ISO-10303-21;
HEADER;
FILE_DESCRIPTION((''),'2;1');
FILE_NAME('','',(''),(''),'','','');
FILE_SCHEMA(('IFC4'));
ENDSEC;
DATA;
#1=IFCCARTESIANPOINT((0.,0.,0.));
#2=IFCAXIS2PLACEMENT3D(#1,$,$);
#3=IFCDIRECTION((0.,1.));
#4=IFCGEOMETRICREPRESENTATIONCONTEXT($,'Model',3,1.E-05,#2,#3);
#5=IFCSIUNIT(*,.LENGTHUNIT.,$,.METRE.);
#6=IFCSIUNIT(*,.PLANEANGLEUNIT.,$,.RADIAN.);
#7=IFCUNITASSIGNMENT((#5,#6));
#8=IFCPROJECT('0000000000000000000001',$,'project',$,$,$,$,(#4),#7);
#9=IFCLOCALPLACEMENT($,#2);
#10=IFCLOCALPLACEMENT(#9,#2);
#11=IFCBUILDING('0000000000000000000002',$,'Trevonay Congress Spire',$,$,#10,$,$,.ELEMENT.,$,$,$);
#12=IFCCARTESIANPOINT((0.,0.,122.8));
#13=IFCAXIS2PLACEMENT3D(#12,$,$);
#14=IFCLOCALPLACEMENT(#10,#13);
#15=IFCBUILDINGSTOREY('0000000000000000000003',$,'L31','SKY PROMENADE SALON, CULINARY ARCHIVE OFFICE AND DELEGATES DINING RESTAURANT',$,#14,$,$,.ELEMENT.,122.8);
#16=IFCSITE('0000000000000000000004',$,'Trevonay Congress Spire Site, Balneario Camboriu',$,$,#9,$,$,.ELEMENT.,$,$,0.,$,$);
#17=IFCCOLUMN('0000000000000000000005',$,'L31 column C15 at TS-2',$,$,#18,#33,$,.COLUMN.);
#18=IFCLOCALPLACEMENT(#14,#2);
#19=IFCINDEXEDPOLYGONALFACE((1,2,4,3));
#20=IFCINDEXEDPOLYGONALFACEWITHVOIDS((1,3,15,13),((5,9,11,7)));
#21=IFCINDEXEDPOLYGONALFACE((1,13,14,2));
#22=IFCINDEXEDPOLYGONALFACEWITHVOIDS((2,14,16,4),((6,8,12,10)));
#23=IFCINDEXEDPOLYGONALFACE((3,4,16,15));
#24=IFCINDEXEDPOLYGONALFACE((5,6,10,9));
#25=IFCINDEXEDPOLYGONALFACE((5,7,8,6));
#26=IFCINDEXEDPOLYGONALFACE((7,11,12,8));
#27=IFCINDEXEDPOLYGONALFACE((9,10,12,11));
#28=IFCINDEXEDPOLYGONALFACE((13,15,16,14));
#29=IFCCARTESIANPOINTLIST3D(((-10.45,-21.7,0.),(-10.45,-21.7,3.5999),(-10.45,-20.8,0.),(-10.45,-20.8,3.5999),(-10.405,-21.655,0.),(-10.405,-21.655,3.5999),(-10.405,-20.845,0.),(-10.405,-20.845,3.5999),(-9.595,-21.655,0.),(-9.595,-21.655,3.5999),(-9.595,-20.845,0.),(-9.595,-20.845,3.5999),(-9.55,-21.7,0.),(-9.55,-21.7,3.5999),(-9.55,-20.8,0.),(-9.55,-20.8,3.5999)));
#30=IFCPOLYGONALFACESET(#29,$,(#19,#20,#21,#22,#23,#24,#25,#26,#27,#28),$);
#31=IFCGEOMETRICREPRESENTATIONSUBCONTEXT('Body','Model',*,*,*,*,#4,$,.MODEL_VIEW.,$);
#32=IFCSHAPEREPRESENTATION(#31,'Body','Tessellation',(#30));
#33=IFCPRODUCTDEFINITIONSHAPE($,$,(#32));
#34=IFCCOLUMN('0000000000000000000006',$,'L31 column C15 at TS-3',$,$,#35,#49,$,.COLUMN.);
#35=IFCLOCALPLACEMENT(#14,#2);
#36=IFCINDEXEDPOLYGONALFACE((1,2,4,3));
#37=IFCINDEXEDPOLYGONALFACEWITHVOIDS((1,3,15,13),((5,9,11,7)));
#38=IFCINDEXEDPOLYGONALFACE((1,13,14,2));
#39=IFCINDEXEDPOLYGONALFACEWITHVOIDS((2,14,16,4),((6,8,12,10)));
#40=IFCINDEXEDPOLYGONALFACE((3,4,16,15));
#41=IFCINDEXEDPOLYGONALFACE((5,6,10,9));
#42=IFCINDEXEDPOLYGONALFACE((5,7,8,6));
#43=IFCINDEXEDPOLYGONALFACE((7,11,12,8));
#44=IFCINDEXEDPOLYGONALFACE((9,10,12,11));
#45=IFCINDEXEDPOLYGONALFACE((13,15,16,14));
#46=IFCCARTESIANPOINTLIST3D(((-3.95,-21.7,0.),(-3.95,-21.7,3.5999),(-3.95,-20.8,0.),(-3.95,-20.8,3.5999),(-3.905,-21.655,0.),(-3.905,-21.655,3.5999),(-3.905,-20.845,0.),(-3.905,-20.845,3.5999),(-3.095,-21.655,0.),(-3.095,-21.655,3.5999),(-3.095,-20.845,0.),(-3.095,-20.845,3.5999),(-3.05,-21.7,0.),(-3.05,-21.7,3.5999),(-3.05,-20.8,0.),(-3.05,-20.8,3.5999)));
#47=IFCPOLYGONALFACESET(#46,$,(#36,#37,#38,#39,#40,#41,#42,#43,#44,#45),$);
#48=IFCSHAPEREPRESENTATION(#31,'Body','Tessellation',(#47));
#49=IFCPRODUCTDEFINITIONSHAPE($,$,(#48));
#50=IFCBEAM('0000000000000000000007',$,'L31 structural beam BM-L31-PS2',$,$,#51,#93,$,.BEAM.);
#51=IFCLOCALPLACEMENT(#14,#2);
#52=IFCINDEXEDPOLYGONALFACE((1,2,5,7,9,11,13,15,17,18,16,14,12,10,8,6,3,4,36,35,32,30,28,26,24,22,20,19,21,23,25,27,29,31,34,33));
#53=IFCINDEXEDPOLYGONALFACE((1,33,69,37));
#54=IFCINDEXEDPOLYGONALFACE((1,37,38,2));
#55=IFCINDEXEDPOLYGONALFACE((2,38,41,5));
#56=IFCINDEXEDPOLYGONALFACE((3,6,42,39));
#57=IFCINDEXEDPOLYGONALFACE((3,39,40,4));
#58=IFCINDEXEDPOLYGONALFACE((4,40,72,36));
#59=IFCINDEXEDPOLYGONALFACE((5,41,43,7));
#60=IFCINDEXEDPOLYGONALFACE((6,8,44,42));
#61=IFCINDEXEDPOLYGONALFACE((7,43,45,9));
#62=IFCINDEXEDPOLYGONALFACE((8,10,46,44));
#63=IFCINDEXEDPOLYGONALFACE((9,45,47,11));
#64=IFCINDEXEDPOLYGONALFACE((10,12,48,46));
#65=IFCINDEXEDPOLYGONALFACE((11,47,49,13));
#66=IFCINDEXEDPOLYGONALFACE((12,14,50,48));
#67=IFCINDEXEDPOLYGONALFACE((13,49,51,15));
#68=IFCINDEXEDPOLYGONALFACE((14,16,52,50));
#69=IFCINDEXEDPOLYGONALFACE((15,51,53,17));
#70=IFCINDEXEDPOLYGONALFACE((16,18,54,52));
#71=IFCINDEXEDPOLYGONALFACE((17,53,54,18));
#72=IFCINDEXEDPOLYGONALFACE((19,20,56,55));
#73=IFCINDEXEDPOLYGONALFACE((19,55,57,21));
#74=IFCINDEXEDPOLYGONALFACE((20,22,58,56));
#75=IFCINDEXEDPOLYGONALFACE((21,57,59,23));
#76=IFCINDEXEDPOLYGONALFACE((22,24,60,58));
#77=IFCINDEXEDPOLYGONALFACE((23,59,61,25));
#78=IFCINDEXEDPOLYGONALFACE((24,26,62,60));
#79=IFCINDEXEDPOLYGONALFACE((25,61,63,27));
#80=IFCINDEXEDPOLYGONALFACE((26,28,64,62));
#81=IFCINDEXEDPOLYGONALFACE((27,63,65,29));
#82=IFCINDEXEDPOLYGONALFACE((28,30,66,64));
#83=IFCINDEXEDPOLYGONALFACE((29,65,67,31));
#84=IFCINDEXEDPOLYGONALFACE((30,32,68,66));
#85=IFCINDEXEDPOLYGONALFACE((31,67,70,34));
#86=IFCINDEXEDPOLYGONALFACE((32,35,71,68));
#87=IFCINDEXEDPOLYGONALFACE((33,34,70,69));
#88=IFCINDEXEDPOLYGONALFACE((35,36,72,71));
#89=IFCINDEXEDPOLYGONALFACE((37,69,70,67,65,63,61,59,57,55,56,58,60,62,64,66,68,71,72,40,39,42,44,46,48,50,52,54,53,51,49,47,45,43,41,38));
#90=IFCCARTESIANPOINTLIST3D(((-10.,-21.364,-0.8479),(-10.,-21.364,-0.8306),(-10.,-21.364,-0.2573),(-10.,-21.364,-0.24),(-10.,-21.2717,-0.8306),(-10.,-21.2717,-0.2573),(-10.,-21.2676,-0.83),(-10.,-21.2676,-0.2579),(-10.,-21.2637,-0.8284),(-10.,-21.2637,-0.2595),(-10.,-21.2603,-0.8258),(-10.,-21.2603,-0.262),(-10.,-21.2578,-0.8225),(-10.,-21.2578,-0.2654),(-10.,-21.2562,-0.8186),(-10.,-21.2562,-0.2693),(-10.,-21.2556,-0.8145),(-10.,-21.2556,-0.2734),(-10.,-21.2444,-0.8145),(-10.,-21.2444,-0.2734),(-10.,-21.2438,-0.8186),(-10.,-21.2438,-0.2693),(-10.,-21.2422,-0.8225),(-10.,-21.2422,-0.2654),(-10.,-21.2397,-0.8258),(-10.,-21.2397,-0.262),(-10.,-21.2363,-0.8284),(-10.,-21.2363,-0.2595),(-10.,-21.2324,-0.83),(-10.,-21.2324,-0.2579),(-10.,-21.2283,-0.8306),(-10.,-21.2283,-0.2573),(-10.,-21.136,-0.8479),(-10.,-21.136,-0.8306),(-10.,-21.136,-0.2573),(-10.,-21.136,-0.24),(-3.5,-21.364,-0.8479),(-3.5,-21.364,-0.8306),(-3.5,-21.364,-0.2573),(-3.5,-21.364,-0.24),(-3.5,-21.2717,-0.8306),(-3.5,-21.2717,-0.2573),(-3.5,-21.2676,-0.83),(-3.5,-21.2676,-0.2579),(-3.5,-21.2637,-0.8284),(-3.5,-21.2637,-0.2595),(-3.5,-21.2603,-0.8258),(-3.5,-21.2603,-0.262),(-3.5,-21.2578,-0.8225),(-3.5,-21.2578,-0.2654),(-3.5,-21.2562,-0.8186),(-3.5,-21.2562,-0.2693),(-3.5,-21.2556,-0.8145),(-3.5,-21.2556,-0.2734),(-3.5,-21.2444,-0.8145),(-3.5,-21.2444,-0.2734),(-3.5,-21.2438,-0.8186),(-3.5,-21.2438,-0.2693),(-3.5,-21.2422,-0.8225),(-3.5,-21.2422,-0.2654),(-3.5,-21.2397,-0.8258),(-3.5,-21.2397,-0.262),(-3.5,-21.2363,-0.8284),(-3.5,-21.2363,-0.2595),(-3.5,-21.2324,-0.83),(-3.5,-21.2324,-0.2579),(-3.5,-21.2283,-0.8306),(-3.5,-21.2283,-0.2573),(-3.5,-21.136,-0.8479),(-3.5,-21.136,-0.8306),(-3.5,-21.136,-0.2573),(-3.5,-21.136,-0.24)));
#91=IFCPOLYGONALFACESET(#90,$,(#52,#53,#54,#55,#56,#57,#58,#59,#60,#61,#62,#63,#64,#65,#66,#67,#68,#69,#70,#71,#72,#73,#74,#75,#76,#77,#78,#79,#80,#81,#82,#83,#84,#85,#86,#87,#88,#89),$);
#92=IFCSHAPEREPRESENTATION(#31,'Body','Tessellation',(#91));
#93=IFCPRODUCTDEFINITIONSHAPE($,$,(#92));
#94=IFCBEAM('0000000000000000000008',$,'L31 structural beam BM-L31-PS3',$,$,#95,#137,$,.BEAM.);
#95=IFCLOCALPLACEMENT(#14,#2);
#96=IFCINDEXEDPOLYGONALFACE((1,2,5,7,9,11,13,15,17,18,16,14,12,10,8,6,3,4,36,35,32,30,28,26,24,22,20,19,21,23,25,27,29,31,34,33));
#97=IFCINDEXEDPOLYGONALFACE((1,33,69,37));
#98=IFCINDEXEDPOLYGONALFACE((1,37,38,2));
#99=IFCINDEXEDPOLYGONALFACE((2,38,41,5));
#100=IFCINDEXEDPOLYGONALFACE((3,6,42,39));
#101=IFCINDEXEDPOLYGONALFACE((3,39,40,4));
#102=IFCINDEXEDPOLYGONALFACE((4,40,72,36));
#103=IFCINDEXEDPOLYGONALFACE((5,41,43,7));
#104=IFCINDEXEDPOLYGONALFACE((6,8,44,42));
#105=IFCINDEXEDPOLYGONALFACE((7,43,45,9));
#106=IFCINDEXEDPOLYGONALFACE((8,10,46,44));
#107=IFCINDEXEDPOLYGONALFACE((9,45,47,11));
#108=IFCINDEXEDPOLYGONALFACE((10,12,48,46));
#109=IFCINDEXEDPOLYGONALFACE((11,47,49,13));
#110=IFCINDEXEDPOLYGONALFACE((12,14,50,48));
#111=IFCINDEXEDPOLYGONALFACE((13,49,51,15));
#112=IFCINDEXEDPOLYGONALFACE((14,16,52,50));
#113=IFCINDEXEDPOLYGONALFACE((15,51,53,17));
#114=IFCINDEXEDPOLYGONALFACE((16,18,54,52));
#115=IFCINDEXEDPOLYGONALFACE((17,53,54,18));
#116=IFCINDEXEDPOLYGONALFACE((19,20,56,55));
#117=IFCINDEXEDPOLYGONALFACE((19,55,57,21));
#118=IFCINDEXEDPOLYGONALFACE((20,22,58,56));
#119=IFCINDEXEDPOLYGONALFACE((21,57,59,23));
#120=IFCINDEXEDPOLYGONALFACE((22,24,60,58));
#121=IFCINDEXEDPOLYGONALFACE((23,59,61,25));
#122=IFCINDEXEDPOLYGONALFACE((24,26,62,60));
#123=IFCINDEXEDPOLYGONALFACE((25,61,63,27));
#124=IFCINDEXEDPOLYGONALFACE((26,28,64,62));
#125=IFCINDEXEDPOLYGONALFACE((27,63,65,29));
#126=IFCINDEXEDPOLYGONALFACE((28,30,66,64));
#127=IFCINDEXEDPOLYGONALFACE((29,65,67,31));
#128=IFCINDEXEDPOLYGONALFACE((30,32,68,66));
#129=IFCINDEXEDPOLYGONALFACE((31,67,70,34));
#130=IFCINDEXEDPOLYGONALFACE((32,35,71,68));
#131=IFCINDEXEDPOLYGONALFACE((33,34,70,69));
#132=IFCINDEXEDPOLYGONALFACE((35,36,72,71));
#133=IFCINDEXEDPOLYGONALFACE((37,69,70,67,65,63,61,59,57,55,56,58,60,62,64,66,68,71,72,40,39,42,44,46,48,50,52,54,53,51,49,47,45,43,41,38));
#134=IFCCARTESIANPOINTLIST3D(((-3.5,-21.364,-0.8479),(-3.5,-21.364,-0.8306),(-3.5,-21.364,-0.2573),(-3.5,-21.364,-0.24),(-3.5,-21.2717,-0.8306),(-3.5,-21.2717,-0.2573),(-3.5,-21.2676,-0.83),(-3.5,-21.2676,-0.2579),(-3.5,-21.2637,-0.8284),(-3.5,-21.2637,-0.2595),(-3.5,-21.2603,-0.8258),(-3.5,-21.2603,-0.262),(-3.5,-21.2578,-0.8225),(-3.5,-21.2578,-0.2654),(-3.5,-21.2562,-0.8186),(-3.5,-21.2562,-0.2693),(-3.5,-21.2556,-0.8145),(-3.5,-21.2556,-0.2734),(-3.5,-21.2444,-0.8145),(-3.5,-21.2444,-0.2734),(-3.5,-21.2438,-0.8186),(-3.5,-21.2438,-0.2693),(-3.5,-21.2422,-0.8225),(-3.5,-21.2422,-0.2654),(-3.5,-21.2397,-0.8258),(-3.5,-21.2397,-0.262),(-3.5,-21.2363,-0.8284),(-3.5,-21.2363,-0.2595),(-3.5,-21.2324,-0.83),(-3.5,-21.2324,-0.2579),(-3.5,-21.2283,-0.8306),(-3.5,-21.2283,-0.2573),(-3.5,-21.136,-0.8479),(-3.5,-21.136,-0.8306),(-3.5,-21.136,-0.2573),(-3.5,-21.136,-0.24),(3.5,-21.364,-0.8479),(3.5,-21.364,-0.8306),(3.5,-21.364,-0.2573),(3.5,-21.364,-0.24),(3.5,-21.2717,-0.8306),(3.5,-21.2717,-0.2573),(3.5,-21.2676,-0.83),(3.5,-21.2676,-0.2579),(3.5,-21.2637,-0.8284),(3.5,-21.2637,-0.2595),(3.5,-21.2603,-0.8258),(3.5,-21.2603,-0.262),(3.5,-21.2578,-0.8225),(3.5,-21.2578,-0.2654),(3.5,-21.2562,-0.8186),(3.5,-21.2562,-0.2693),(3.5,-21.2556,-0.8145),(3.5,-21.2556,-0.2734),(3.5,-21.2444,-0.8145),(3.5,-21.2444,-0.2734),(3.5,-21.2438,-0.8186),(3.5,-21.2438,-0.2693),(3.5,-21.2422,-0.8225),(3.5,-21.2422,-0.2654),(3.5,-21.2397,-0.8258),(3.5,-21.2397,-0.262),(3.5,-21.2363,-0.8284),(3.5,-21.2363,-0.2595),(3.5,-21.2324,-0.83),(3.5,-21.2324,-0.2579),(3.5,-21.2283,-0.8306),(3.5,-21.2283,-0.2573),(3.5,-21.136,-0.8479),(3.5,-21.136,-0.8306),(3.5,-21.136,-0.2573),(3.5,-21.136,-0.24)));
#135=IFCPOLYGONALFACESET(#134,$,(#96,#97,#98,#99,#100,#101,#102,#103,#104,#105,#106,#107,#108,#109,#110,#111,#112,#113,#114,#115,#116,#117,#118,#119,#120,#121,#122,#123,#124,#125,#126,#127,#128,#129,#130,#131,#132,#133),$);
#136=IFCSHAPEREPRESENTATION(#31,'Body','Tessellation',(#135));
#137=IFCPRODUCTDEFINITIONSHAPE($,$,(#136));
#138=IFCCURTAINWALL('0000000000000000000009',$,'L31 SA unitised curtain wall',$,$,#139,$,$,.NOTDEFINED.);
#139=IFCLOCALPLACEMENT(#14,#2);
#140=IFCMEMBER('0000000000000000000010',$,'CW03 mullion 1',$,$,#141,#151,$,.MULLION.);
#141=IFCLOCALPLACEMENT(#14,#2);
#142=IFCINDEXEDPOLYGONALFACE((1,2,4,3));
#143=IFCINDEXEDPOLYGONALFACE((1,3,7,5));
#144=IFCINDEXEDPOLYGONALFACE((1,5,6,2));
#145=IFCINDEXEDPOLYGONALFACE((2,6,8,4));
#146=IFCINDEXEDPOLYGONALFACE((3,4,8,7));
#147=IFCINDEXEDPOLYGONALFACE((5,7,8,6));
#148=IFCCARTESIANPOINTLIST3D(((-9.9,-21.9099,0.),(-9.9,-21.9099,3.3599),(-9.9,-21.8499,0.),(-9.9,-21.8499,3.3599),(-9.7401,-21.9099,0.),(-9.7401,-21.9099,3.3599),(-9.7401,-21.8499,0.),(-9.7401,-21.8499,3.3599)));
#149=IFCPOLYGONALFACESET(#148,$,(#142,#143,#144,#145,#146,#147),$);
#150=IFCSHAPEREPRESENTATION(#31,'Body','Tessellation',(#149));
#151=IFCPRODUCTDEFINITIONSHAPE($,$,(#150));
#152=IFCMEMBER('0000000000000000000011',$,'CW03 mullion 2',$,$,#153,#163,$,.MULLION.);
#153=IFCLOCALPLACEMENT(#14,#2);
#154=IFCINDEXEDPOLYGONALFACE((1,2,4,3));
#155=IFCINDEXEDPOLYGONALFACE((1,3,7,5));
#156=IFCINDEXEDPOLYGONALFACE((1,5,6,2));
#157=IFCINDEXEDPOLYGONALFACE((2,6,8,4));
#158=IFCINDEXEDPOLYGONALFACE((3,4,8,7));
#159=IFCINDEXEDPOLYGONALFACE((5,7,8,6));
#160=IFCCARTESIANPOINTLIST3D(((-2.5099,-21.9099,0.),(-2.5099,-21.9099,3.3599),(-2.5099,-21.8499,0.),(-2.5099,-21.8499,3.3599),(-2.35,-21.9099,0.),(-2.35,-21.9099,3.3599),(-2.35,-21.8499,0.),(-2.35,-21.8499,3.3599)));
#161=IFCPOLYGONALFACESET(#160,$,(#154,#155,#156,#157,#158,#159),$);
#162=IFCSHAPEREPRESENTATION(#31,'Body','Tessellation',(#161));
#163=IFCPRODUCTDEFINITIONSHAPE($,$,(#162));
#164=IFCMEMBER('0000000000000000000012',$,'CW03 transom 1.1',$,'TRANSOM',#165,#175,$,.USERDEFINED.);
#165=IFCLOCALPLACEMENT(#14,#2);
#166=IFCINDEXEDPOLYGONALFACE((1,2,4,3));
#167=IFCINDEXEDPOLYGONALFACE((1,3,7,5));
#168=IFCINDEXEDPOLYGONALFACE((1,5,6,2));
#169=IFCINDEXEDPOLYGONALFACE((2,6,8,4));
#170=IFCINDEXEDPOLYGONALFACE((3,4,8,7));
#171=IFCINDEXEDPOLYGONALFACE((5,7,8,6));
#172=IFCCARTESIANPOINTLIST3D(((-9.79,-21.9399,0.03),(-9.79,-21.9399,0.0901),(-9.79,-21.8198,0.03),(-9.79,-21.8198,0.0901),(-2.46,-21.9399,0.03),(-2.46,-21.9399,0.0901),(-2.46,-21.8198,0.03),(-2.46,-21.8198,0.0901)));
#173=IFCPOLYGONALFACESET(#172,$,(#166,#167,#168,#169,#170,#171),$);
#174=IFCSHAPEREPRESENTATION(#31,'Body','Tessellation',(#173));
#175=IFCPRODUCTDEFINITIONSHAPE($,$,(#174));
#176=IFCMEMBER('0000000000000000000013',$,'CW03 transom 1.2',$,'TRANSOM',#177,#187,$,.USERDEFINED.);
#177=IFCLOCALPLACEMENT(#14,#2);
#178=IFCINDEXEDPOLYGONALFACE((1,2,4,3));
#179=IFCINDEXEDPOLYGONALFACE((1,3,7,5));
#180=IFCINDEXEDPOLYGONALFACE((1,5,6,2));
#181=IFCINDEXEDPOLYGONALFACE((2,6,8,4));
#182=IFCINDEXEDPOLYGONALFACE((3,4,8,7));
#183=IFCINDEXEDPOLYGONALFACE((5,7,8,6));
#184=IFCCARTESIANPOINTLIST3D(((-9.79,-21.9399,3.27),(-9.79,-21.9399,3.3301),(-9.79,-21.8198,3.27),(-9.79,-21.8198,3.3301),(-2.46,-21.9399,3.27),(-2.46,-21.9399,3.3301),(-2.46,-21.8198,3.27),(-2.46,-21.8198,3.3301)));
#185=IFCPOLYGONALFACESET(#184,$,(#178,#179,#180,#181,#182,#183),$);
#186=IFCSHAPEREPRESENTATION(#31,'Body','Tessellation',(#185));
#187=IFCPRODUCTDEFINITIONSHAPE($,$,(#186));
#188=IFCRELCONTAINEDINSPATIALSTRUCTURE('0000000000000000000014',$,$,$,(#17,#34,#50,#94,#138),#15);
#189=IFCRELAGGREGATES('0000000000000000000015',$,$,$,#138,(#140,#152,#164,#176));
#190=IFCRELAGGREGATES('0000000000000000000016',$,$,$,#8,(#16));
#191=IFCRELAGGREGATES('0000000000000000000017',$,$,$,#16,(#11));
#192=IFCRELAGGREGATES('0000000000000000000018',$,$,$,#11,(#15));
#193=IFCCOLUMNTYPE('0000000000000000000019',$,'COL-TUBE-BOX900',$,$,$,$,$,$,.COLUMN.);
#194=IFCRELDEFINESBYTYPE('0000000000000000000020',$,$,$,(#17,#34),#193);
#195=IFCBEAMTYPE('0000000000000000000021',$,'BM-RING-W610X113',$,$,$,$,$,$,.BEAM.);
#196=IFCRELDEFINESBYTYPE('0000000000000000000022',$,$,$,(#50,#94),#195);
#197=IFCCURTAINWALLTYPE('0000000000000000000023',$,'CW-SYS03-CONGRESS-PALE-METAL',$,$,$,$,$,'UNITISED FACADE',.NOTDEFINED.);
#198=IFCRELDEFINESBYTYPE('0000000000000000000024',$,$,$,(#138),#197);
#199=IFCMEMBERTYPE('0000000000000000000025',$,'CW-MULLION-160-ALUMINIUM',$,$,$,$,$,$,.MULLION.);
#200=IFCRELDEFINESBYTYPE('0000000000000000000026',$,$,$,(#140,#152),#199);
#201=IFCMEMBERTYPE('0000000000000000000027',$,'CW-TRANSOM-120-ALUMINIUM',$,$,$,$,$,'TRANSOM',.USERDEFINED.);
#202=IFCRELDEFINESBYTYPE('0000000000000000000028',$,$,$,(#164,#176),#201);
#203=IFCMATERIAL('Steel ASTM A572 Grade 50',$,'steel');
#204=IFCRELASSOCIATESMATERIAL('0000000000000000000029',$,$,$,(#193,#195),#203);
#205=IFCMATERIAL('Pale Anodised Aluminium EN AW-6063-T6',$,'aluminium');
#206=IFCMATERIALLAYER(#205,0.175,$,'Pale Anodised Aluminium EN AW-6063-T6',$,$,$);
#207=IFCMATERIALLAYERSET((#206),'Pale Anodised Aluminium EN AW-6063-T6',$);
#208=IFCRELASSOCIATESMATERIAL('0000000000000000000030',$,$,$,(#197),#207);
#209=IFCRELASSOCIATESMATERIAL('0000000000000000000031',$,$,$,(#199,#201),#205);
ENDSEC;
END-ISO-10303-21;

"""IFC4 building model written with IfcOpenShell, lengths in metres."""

from ifc_helpers import new_model, si_unit, direction, frame, origin, origin_2d, place, context, subcontext, project, spatial, rectangle, hollow_rectangle, i_section, extrude, material, layer, layer_set, material_profile, profile_set, type_object, element, aggregate, save


model = new_model("IFC4")

# Units and contexts
model_context = context("Model", 3, precision=1e-05, world=origin(), true_north=direction((0.0, 1.0)))
body_context = subcontext(model_context, "Body", "Model", "MODEL_VIEW")
ifc_project = project(units=[si_unit("LENGTHUNIT", "METRE"), si_unit("PLANEANGLEUNIT", "RADIAN")], contexts=[model_context])

# Site, building, storey
site_placement = place(None, origin())
site = spatial("IfcSite", under=ifc_project, at=site_placement, Name="Trevonay Congress Spire Site, Balneario Camboriu", CompositionType="ELEMENT", RefElevation=0.0)
building_placement = place(site_placement, origin())
building = spatial("IfcBuilding", under=site, at=building_placement, Name="Trevonay Congress Spire", CompositionType="ELEMENT")
storey_placement = place(building_placement, frame((0.0, 0.0, 122.8)))
storey = spatial("IfcBuildingStorey", under=building, at=storey_placement, Name="L31", Description="SKY PROMENADE SALON, CULINARY ARCHIVE OFFICE AND DELEGATES DINING RESTAURANT", CompositionType="ELEMENT", Elevation=122.8)

# Columns
ifc_material_1 = material(Name="Steel ASTM A572 Grade 50", Category="steel")
ifc_material_profile_1 = material_profile(ifc_material_1, hollow_rectangle(XDim=0.8999, YDim=0.8999, WallThickness=0.0449, at=origin_2d()), Name="BOX 900x900x45")
ifc_profile_set_1 = profile_set([ifc_material_profile_1], Name="Steel ASTM A572 Grade 50")
column_type = type_object("IfcColumnType", Name="COL-TUBE-BOX900", PredefinedType="COLUMN", material=ifc_profile_set_1)
for number, where, z_axis, x_axis, name in (
    (1, (-10.0, -21.25, 0.0), (0.0, 0.0, 1.0), (1.0, 0.0, 0.0), "L31 column C15 at TS-2"),
    (2, (-3.5, -21.25, 0.0), (0.0, 0.0, 1.0), (1.0, 0.0, 0.0), "L31 column C15 at TS-3"),
):
    element("IfcColumn", number, at=place(storey_placement, frame(where, z_axis=z_axis, x_axis=x_axis)), inside=storey, type_object=column_type, Name=name, PredefinedType="COLUMN", context=body_context, shape_type="SweptSolid", body=[
        extrude(hollow_rectangle(XDim=0.8999, YDim=0.8999, WallThickness=0.0449, at=origin_2d()), origin(), (0.0, 0.0, 1.0), 3.5999),
    ])

# Beams
ifc_material_profile_2 = material_profile(ifc_material_1, i_section(OverallWidth=0.228, OverallDepth=0.6079, WebThickness=0.0112, FlangeThickness=0.0173, FilletRadius=0.0161, at=origin_2d()), Name="W610x113")
ifc_profile_set_2 = profile_set([ifc_material_profile_2], Name="Steel ASTM A572 Grade 50")
beam_type_1 = type_object("IfcBeamType", Name="BM-RING-W610X113", PredefinedType="BEAM", material=ifc_profile_set_2)
beam_1_placement = place(storey_placement, frame((-10.0, -21.25, -0.5439), z_axis=(1.0, 0.0, 0.0), x_axis=(0.0, 1.0, 0.0)))
element("IfcBeam", 3, at=beam_1_placement, inside=storey, type_object=beam_type_1, Name="L31 structural beam BM-L31-PS2", PredefinedType="BEAM", context=body_context, shape_type="SweptSolid", body=[
    extrude(i_section(OverallWidth=0.228, OverallDepth=0.6079, WebThickness=0.0112, FlangeThickness=0.0173, FilletRadius=0.0161, at=origin_2d()), origin(), (0.0, 0.0, 1.0), 6.5),
])
beam_2_placement = place(storey_placement, frame((-3.5, -21.25, -0.5439), z_axis=(1.0, 0.0, 0.0), x_axis=(0.0, 1.0, 0.0)))
element("IfcBeam", 4, at=beam_2_placement, inside=storey, type_object=beam_type_1, Name="L31 structural beam BM-L31-PS3", PredefinedType="BEAM", context=body_context, shape_type="SweptSolid", body=[
    extrude(i_section(OverallWidth=0.228, OverallDepth=0.6079, WebThickness=0.0112, FlangeThickness=0.0173, FilletRadius=0.0161, at=origin_2d()), origin(), (0.0, 0.0, 1.0), 7.0),
])

# Curtain wall, members
ifc_material_2 = material(Name="Pale Anodised Aluminium EN AW-6063-T6", Category="aluminium")
ifc_layer_1 = layer(ifc_material_2, 0.175, Name="Pale Anodised Aluminium EN AW-6063-T6")
ifc_layer_set_1 = layer_set([ifc_layer_1], Name="Pale Anodised Aluminium EN AW-6063-T6")
curtain_wall_type = type_object("IfcCurtainWallType", Name="CW-SYS03-CONGRESS-PALE-METAL", ElementType="UNITISED FACADE", PredefinedType="NOTDEFINED", material=ifc_layer_set_1)
curtain_wall_placement = place(storey_placement, origin())
curtain_wall = element("IfcCurtainWall", 5, at=curtain_wall_placement, inside=storey, type_object=curtain_wall_type, Name="L31 SA unitised curtain wall", PredefinedType="NOTDEFINED")
ifc_material_profile_3 = material_profile(ifc_material_2, rectangle(XDim=0.0601, YDim=0.1599, at=origin_2d()), Name="CW-MULLION-160-ALUMINIUM")
ifc_profile_set_3 = profile_set([ifc_material_profile_3], Name="Pale Anodised Aluminium EN AW-6063-T6")
member_type_1 = type_object("IfcMemberType", Name="CW-MULLION-160-ALUMINIUM", PredefinedType="MULLION", material=ifc_profile_set_3)
member_1_placement = place(storey_placement, frame((-9.8201, -21.8799, 0.0), z_axis=(0.0, 0.0, 1.0), x_axis=(0.0, 1.0, 0.0)))
member_1 = element("IfcMember", 6, at=member_1_placement, type_object=member_type_1, Name="CW03 mullion 1", PredefinedType="MULLION", context=body_context, shape_type="SweptSolid", body=[
    extrude(rectangle(XDim=0.0601, YDim=0.1599, at=origin_2d()), origin(), (0.0, 0.0, 1.0), 3.3599),
])
member_2_placement = place(storey_placement, frame((-2.4299, -21.8799, 0.0), z_axis=(0.0, 0.0, 1.0), x_axis=(0.0, 1.0, 0.0)))
member_2 = element("IfcMember", 7, at=member_2_placement, type_object=member_type_1, Name="CW03 mullion 2", PredefinedType="MULLION", context=body_context, shape_type="SweptSolid", body=[
    extrude(rectangle(XDim=0.0601, YDim=0.1599, at=origin_2d()), origin(), (0.0, 0.0, 1.0), 3.3599),
])
ifc_material_profile_4 = material_profile(ifc_material_2, rectangle(XDim=0.1201, YDim=0.0601, at=origin_2d()), Name="CW-TRANSOM-120-ALUMINIUM")
ifc_profile_set_4 = profile_set([ifc_material_profile_4], Name="Pale Anodised Aluminium EN AW-6063-T6")
member_type_2 = type_object("IfcMemberType", Name="CW-TRANSOM-120-ALUMINIUM", ElementType="TRANSOM", PredefinedType="USERDEFINED", material=ifc_profile_set_4)
member_3_placement = place(storey_placement, frame((-9.79, -21.8799, 0.0601), z_axis=(1.0, 0.0, 0.0), x_axis=(0.0, 1.0, 0.0)))
member_3 = element("IfcMember", 8, at=member_3_placement, type_object=member_type_2, Name="CW03 transom 1.1", ObjectType="TRANSOM", PredefinedType="USERDEFINED", context=body_context, shape_type="SweptSolid", body=[
    extrude(rectangle(XDim=0.1201, YDim=0.0601, at=origin_2d()), origin(), (0.0, 0.0, 1.0), 7.3301),
])
member_4_placement = place(storey_placement, frame((-9.79, -21.8799, 3.3), z_axis=(1.0, 0.0, 0.0), x_axis=(0.0, 1.0, 0.0)))
member_4 = element("IfcMember", 9, at=member_4_placement, type_object=member_type_2, Name="CW03 transom 1.2", ObjectType="TRANSOM", PredefinedType="USERDEFINED", context=body_context, shape_type="SweptSolid", body=[
    extrude(rectangle(XDim=0.1201, YDim=0.0601, at=origin_2d()), origin(), (0.0, 0.0, 1.0), 7.3301),
])

aggregate(curtain_wall, [member_1, member_2, member_3, member_4])

save(model, "model.ifc")
